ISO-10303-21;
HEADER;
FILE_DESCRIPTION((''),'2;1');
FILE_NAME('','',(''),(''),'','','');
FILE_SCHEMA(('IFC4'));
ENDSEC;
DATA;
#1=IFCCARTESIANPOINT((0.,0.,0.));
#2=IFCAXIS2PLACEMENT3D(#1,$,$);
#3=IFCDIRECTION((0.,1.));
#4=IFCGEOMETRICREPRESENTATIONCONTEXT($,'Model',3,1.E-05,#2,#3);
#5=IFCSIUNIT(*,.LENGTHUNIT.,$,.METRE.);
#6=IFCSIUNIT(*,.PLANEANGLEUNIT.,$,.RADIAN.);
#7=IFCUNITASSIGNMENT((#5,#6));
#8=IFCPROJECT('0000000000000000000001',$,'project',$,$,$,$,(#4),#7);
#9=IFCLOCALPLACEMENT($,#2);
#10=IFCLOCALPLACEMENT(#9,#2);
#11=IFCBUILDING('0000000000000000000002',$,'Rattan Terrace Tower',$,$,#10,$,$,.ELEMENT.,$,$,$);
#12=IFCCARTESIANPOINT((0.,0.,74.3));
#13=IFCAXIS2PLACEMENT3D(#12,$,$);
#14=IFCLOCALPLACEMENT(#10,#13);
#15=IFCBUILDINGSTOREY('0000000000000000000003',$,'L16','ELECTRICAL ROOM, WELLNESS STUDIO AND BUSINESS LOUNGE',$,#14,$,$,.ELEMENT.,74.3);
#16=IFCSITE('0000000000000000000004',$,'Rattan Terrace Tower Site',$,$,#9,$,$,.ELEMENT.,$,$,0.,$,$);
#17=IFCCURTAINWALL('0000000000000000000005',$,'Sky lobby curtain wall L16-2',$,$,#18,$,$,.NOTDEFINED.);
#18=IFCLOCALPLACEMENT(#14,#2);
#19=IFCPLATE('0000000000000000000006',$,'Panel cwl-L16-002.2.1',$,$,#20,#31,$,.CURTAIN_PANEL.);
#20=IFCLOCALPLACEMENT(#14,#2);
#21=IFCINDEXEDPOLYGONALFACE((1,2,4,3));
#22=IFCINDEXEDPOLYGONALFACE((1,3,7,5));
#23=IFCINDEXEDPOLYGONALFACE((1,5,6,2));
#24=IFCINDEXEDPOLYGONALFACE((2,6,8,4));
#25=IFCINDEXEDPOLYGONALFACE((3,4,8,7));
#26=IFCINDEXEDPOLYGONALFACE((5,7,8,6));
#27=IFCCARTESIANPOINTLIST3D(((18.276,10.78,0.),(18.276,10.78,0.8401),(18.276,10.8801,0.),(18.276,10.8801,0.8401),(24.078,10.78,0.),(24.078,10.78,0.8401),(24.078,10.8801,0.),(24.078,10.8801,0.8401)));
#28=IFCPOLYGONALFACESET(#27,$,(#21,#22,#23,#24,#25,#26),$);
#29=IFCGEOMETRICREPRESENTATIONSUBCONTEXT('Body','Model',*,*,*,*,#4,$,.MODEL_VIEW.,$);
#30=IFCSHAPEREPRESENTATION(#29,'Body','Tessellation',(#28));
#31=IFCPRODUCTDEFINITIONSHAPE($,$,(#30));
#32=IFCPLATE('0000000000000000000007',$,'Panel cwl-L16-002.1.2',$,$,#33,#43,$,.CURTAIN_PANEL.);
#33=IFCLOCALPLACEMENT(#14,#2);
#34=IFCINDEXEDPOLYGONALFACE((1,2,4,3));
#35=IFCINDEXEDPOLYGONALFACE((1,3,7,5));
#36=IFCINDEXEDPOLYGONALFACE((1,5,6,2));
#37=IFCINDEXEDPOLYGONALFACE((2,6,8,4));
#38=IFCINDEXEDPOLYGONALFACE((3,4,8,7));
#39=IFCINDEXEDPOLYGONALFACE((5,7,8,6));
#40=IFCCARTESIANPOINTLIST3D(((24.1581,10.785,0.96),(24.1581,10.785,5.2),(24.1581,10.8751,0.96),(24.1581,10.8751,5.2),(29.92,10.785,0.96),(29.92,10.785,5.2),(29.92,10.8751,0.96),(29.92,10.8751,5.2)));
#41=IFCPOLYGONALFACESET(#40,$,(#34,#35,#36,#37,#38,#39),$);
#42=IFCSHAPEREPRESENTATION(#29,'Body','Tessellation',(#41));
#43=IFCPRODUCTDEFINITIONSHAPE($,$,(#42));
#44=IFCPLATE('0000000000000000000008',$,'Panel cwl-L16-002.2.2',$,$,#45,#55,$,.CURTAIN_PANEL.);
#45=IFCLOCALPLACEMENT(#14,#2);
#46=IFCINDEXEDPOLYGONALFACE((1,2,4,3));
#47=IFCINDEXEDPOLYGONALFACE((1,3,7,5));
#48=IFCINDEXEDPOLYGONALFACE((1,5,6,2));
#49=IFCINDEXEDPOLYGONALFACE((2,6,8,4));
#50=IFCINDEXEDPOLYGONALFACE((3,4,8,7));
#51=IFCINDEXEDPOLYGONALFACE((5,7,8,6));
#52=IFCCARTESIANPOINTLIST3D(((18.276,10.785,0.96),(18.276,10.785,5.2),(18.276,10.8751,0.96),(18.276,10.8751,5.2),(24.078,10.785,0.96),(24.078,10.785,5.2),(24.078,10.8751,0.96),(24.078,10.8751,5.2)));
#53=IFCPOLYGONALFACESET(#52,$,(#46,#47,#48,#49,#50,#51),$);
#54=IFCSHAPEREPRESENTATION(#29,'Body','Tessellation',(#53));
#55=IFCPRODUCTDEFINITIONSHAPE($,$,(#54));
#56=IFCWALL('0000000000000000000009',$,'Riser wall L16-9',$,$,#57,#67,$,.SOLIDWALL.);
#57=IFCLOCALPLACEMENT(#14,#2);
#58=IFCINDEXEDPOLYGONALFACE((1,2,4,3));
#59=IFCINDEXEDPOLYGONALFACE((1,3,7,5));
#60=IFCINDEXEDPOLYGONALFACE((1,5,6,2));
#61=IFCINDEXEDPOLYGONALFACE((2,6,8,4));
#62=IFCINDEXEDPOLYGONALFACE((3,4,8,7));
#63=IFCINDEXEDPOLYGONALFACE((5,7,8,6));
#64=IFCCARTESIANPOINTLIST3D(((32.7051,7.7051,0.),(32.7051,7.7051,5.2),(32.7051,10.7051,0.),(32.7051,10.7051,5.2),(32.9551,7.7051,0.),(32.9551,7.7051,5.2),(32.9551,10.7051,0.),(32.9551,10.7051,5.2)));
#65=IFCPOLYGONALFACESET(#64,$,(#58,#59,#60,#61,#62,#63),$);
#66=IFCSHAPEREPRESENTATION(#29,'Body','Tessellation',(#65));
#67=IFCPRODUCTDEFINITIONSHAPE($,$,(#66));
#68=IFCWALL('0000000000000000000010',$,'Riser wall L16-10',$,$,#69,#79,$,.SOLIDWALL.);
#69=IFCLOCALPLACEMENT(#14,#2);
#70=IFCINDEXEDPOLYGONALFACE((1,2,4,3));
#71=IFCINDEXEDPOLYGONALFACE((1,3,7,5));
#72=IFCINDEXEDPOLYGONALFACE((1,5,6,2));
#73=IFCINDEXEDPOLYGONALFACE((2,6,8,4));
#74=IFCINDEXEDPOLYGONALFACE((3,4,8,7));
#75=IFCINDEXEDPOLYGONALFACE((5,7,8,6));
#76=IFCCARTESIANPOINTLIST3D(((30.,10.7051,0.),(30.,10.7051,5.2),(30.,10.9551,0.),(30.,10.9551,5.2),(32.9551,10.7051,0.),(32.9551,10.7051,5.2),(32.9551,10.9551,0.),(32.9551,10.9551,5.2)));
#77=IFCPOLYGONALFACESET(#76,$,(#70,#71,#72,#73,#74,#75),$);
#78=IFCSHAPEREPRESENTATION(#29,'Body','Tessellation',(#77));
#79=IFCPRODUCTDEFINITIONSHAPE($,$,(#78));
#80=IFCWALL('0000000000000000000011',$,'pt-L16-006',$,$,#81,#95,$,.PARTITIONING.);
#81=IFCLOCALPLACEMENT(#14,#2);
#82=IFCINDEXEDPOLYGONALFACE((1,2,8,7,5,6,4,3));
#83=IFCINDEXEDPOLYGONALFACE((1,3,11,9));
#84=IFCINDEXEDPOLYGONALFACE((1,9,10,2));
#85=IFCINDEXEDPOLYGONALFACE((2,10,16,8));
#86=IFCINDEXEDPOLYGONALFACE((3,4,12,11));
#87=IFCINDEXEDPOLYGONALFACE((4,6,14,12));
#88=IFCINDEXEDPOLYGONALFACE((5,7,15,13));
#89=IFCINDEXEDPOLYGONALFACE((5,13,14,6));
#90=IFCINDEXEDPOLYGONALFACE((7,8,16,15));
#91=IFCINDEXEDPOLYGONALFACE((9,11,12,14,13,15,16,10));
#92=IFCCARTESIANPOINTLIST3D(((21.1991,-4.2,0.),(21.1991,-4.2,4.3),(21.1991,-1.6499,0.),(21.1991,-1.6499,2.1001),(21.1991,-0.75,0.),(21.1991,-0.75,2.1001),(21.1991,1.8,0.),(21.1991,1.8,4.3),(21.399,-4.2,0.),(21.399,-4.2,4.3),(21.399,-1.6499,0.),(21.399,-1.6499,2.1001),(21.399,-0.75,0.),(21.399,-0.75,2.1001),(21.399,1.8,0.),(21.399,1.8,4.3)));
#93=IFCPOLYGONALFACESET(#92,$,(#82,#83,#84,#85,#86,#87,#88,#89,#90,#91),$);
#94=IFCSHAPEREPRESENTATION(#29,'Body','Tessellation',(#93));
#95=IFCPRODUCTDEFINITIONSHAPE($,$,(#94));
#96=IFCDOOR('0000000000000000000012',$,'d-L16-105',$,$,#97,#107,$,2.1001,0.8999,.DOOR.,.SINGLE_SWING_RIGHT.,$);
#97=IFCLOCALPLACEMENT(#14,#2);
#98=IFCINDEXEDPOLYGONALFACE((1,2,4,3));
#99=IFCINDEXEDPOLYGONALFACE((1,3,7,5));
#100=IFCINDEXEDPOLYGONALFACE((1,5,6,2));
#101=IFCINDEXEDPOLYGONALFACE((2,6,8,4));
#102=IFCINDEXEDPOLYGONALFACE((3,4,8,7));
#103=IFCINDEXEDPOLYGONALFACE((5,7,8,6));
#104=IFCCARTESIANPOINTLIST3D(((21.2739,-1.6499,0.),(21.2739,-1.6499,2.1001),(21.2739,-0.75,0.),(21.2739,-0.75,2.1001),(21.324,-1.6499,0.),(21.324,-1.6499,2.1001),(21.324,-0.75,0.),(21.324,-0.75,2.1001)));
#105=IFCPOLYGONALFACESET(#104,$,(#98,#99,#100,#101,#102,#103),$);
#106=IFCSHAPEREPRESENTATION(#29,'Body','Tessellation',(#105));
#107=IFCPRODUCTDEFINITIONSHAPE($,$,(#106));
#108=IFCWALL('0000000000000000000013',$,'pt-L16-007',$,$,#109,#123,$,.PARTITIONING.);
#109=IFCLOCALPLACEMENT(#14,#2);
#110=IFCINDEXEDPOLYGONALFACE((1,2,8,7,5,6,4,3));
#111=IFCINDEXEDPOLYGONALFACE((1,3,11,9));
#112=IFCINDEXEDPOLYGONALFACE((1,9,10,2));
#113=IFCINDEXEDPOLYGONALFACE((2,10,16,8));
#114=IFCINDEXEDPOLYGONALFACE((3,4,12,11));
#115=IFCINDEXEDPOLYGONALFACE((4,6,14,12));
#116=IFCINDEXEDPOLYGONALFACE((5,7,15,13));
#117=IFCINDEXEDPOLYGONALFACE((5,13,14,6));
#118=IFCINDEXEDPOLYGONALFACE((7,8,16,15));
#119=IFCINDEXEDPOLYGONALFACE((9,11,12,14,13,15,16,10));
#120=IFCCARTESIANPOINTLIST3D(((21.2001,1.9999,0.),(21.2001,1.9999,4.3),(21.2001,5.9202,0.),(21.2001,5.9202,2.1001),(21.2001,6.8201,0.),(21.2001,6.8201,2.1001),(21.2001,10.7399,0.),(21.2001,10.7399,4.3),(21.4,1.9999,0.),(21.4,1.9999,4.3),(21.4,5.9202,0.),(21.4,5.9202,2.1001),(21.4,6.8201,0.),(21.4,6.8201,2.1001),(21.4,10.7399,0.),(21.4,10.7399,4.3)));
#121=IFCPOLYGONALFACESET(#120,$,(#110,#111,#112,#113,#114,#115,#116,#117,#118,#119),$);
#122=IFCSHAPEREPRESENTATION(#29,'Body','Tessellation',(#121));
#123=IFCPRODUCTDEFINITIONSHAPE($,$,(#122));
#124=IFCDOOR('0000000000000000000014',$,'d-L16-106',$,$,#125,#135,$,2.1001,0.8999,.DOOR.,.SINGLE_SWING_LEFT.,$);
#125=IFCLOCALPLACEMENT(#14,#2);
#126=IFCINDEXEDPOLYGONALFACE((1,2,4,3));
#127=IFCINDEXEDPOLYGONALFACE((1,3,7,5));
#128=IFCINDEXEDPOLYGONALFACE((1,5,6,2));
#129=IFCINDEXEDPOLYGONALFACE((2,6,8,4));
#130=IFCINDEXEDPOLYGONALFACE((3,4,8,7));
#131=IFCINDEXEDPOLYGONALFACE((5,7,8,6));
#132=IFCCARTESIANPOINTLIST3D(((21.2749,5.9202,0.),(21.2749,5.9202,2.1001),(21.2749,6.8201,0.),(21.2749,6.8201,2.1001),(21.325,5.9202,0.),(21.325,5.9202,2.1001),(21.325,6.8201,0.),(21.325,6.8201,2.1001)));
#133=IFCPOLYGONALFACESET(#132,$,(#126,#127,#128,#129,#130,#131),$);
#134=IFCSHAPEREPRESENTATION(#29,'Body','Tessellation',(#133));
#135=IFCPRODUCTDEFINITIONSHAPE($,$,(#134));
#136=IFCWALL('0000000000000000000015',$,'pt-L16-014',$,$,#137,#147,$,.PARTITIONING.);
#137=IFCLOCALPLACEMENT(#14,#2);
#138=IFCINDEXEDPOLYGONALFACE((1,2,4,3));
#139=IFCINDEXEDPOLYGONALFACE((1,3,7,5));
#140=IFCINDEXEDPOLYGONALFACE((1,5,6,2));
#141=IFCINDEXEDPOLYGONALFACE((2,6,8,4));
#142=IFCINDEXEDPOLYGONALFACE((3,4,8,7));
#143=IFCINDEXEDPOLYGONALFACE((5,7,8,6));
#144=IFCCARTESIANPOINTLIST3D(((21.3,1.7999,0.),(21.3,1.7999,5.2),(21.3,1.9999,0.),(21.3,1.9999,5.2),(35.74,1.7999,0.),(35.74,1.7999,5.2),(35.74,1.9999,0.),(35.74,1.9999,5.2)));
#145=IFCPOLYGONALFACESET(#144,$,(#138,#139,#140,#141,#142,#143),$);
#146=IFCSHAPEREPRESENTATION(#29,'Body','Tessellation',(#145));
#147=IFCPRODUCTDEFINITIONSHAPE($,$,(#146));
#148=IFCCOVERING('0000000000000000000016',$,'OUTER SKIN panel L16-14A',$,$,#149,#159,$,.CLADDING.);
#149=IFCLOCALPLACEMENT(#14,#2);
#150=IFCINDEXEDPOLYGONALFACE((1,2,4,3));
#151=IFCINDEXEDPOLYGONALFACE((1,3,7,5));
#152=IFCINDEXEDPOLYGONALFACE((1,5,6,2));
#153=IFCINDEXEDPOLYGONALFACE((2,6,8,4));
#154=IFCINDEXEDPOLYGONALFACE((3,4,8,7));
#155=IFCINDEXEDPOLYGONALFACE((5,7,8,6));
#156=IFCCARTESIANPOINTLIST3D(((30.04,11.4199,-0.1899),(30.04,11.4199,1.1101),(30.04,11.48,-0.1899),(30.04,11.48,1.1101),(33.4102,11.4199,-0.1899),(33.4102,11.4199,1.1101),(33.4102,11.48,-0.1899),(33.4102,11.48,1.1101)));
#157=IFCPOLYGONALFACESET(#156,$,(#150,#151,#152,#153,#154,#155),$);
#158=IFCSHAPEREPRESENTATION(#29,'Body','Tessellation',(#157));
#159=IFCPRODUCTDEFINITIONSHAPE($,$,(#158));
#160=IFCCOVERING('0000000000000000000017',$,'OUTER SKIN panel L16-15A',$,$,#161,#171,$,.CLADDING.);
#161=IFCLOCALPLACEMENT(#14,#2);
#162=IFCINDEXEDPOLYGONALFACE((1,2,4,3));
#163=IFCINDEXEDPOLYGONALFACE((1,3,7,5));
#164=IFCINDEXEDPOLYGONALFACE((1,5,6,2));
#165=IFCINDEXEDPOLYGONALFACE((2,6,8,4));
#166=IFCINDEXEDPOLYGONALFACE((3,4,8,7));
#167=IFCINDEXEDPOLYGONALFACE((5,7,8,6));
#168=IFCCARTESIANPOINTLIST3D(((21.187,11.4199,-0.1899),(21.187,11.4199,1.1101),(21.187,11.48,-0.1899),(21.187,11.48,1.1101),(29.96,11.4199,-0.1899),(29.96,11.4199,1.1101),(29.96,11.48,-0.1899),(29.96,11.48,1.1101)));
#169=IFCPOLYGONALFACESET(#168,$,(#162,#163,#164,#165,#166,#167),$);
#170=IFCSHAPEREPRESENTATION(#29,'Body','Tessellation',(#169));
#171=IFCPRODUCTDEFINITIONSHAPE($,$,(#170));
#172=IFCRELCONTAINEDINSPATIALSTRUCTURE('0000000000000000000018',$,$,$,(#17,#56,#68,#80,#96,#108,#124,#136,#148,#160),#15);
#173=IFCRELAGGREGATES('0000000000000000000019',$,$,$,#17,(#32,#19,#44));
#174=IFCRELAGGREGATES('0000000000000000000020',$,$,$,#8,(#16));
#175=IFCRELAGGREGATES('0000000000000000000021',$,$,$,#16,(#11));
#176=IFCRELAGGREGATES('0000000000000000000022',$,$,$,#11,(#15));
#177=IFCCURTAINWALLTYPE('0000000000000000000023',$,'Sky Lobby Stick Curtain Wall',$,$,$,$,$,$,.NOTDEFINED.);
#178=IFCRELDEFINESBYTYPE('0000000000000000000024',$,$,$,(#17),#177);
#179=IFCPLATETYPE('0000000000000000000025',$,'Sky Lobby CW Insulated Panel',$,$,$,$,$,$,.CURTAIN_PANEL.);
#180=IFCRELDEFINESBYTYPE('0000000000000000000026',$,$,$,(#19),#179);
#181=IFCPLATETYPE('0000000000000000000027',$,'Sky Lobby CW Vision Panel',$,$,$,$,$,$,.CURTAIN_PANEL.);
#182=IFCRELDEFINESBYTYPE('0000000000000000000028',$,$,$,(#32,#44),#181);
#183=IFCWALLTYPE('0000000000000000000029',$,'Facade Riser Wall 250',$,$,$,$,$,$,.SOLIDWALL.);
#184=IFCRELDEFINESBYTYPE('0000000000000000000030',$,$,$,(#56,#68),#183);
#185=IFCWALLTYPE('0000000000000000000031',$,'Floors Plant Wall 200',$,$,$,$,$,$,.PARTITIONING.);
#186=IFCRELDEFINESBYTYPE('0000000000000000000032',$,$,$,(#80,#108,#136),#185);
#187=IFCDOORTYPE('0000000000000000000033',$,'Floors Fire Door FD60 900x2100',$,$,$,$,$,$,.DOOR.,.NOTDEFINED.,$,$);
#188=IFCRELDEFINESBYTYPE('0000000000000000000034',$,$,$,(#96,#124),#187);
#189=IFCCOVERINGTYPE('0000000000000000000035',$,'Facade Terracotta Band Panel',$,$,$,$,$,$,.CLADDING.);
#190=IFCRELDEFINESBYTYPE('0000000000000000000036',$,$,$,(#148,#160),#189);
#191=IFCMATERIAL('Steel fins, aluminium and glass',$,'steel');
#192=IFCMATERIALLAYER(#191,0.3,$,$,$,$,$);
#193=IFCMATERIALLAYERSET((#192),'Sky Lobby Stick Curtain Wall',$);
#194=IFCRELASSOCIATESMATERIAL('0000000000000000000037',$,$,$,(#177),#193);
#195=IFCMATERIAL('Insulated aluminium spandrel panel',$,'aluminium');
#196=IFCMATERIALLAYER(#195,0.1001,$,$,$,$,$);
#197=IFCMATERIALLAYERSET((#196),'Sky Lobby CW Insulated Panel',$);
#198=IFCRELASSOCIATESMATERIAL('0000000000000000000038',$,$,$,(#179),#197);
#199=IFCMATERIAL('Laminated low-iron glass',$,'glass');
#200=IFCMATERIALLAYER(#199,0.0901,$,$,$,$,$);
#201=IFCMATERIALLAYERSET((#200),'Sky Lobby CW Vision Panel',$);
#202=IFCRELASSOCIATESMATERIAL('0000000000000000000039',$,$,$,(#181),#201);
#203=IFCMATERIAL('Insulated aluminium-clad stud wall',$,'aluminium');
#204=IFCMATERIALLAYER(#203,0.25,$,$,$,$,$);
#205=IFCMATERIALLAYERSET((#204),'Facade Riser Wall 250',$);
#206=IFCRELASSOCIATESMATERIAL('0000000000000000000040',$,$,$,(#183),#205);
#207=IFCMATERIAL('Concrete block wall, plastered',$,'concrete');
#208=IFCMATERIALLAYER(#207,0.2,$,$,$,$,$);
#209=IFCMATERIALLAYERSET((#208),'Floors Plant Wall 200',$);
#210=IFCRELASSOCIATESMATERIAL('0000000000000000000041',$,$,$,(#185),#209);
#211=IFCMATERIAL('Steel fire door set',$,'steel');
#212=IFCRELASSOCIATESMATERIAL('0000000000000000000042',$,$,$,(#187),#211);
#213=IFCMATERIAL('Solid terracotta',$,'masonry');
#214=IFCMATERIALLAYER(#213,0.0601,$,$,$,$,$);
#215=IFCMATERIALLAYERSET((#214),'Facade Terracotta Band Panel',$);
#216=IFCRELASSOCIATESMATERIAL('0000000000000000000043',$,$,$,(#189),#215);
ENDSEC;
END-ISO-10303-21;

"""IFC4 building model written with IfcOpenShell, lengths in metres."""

from ifc_helpers import new_model, si_unit, direction, frame, frame_2d, origin, origin_2d, place, context, subcontext, project, spatial, rectangle, extrude, material, layer, layer_set, type_object, element, fill, aggregate, save


model = new_model("IFC4")

# Units and contexts
model_context = context("Model", 3, precision=1e-05, world=origin(), true_north=direction((0.0, 1.0)))
body_context = subcontext(model_context, "Body", "Model", "MODEL_VIEW")
ifc_project = project(units=[si_unit("LENGTHUNIT", "METRE"), si_unit("PLANEANGLEUNIT", "RADIAN")], contexts=[model_context])

# Site, building, storey
site_placement = place(None, origin())
site = spatial("IfcSite", under=ifc_project, at=site_placement, Name="Rattan Terrace Tower Site", CompositionType="ELEMENT", RefElevation=0.0)
building_placement = place(site_placement, origin())
building = spatial("IfcBuilding", under=site, at=building_placement, Name="Rattan Terrace Tower", CompositionType="ELEMENT")
storey_placement = place(building_placement, frame((0.0, 0.0, 74.3)))
storey = spatial("IfcBuildingStorey", under=building, at=storey_placement, Name="L16", Description="ELECTRICAL ROOM, WELLNESS STUDIO AND BUSINESS LOUNGE", CompositionType="ELEMENT", Elevation=74.3)

# Curtain wall, plates
ifc_material_1 = material(Name="Steel fins, aluminium and glass", Category="steel")
ifc_layer_1 = layer(ifc_material_1, 0.3)
ifc_layer_set_1 = layer_set([ifc_layer_1], Name="Sky Lobby Stick Curtain Wall")
curtain_wall_type = type_object("IfcCurtainWallType", Name="Sky Lobby Stick Curtain Wall", PredefinedType="NOTDEFINED", material=ifc_layer_set_1)
curtain_wall_placement = place(storey_placement, origin())
curtain_wall = element("IfcCurtainWall", 1, at=curtain_wall_placement, inside=storey, type_object=curtain_wall_type, Name="Sky lobby curtain wall L16-2", PredefinedType="NOTDEFINED")
ifc_material_2 = material(Name="Insulated aluminium spandrel panel", Category="aluminium")
ifc_layer_2 = layer(ifc_material_2, 0.1001)
ifc_layer_set_2 = layer_set([ifc_layer_2], Name="Sky Lobby CW Insulated Panel")
plate_type_1 = type_object("IfcPlateType", Name="Sky Lobby CW Insulated Panel", PredefinedType="CURTAIN_PANEL", material=ifc_layer_set_2)
plate_1_placement = place(storey_placement, frame((21.177, 10.8301, 0.0), z_axis=(0.0, 0.0, 1.0), x_axis=(-1.0, 0.0, 0.0)))
plate_1 = element("IfcPlate", 2, at=plate_1_placement, type_object=plate_type_1, Name="Panel cwl-L16-002.2.1", PredefinedType="CURTAIN_PANEL", context=body_context, shape_type="SweptSolid", body=[
    extrude(rectangle(XDim=5.802, YDim=0.1001, at=origin_2d()), origin(), (0.0, 0.0, 1.0), 0.8401),
])
ifc_material_3 = material(Name="Laminated low-iron glass", Category="glass")
ifc_layer_3 = layer(ifc_material_3, 0.0901)
ifc_layer_set_3 = layer_set([ifc_layer_3], Name="Sky Lobby CW Vision Panel")
plate_type_2 = type_object("IfcPlateType", Name="Sky Lobby CW Vision Panel", PredefinedType="CURTAIN_PANEL", material=ifc_layer_set_3)
plate_2_placement = place(storey_placement, frame((27.0391, 10.8301, 0.96), z_axis=(0.0, 0.0, 1.0), x_axis=(-1.0, 0.0, 0.0)))
plate_2 = element("IfcPlate", 3, at=plate_2_placement, type_object=plate_type_2, Name="Panel cwl-L16-002.1.2", PredefinedType="CURTAIN_PANEL", context=body_context, shape_type="SweptSolid", body=[
    extrude(rectangle(XDim=5.762, YDim=0.0901, at=origin_2d()), origin(), (0.0, 0.0, 1.0), 4.24),
])
plate_3_placement = place(storey_placement, frame((21.177, 10.8301, 0.96), z_axis=(0.0, 0.0, 1.0), x_axis=(-1.0, 0.0, 0.0)))
plate_3 = element("IfcPlate", 4, at=plate_3_placement, type_object=plate_type_2, Name="Panel cwl-L16-002.2.2", PredefinedType="CURTAIN_PANEL", context=body_context, shape_type="SweptSolid", body=[
    extrude(rectangle(XDim=5.802, YDim=0.0901, at=origin_2d()), origin(), (0.0, 0.0, 1.0), 4.24),
])
aggregate(curtain_wall, [plate_2, plate_1, plate_3])

# Walls
ifc_material_4 = material(Name="Insulated aluminium-clad stud wall", Category="aluminium")
ifc_layer_4 = layer(ifc_material_4, 0.25)
ifc_layer_set_4 = layer_set([ifc_layer_4], Name="Facade Riser Wall 250")
wall_type_1 = type_object("IfcWallType", Name="Facade Riser Wall 250", PredefinedType="SOLIDWALL", material=ifc_layer_set_4)
wall_1_placement = place(storey_placement, frame((32.8301, 7.7051, 0.0), z_axis=(0.0, 0.0, 1.0), x_axis=(0.0, 1.0, 0.0)))
element("IfcWall", 5, at=wall_1_placement, inside=storey, type_object=wall_type_1, Name="Riser wall L16-9", PredefinedType="SOLIDWALL", context=body_context, shape_type="SweptSolid", body=[
    extrude(rectangle(XDim=3.0, YDim=0.25, at=frame_2d((1.5, 0.0))), origin(), (0.0, 0.0, 1.0), 5.2),
])
wall_2_placement = place(storey_placement, frame((32.9551, 10.8301, 0.0), z_axis=(0.0, 0.0, 1.0), x_axis=(-1.0, 0.0, 0.0)))
element("IfcWall", 6, at=wall_2_placement, inside=storey, type_object=wall_type_1, Name="Riser wall L16-10", PredefinedType="SOLIDWALL", context=body_context, shape_type="SweptSolid", body=[
    extrude(rectangle(XDim=2.9551, YDim=0.25, at=frame_2d((1.4775, 0.0))), origin(), (0.0, 0.0, 1.0), 5.2),
])

# Walls, openings, doors
ifc_material_5 = material(Name="Concrete block wall, plastered", Category="concrete")
ifc_layer_5 = layer(ifc_material_5, 0.2)
ifc_layer_set_5 = layer_set([ifc_layer_5], Name="Floors Plant Wall 200")
wall_type_2 = type_object("IfcWallType", Name="Floors Plant Wall 200", PredefinedType="PARTITIONING", material=ifc_layer_set_5)
wall_3_placement = place(storey_placement, frame((21.2991, 1.8, 0.0), z_axis=(0.0, 0.0, 1.0), x_axis=(0.0, -1.0, 0.0)))
wall_3 = element("IfcWall", 7, at=wall_3_placement, inside=storey, type_object=wall_type_2, Name="pt-L16-006", PredefinedType="PARTITIONING", context=body_context, shape_type="SweptSolid", body=[
    extrude(rectangle(XDim=6.0, YDim=0.2, at=frame_2d((3.0, 0.0))), origin(), (0.0, 0.0, 1.0), 4.3),
])
opening_1_placement = place(wall_3_placement, frame((2.55, 0.0, 0.0)))
opening_1 = element("IfcOpeningElement", 8, at=opening_1_placement, cuts=wall_3, PredefinedType="OPENING", context=body_context, shape_type="SweptSolid", body=[
    extrude(rectangle(XDim=0.8999, YDim=2.1001, at=frame_2d((0.45, 1.05))), frame((0.0, 0.1106, 0.0), z_axis=(0.0, -1.0, 0.0), x_axis=(1.0, 0.0, 0.0)), (0.0, 0.0, 1.0), 0.2209),
])
ifc_material_6 = material(Name="Steel fire door set", Category="steel")
door_type = type_object("IfcDoorType", Name="Floors Fire Door FD60 900x2100", OperationType="NOTDEFINED", PredefinedType="DOOR", material=ifc_material_6)
door_1_placement = place(opening_1_placement, origin())
door_1 = element("IfcDoor", 9, at=door_1_placement, inside=storey, type_object=door_type, Name="d-L16-105", OperationType="SINGLE_SWING_RIGHT", OverallHeight=2.1001, OverallWidth=0.8999, PredefinedType="DOOR", context=body_context, shape_type="SweptSolid", body=[
    extrude(rectangle(XDim=0.8999, YDim=2.1001, at=frame_2d((0.45, 1.05))), frame((0.0, 0.0249, 0.0), z_axis=(0.0, -1.0, 0.0), x_axis=(1.0, 0.0, 0.0)), (0.0, 0.0, 1.0), 0.05),
])
fill(opening_1, door_1)
wall_4_placement = place(storey_placement, frame((21.3, 10.74, 0.0), z_axis=(0.0, 0.0, 1.0), x_axis=(0.0, -1.0, 0.0)))
wall_4 = element("IfcWall", 10, at=wall_4_placement, inside=storey, type_object=wall_type_2, Name="pt-L16-007", PredefinedType="PARTITIONING", context=body_context, shape_type="SweptSolid", body=[
    extrude(rectangle(XDim=8.74, YDim=0.2, at=frame_2d((4.3701, 0.0))), origin(), (0.0, 0.0, 1.0), 4.3),
])
opening_2_placement = place(wall_4_placement, frame((3.9199, 0.0, 0.0)))
opening_2 = element("IfcOpeningElement", 11, at=opening_2_placement, cuts=wall_4, PredefinedType="OPENING", context=body_context, shape_type="SweptSolid", body=[
    extrude(rectangle(XDim=0.8999, YDim=2.1001, at=frame_2d((0.45, 1.05))), frame((0.0, 0.1106, 0.0), z_axis=(0.0, -1.0, 0.0), x_axis=(1.0, 0.0, 0.0)), (0.0, 0.0, 1.0), 0.2209),
])
door_2_placement = place(opening_2_placement, origin())
door_2 = element("IfcDoor", 12, at=door_2_placement, inside=storey, type_object=door_type, Name="d-L16-106", OperationType="SINGLE_SWING_LEFT", OverallHeight=2.1001, OverallWidth=0.8999, PredefinedType="DOOR", context=body_context, shape_type="SweptSolid", body=[
    extrude(rectangle(XDim=0.8999, YDim=2.1001, at=frame_2d((0.45, 1.05))), frame((0.0, 0.0249, 0.0), z_axis=(0.0, -1.0, 0.0), x_axis=(1.0, 0.0, 0.0)), (0.0, 0.0, 1.0), 0.05),
])
fill(opening_2, door_2)

# Wall
wall_5_placement = place(storey_placement, frame((21.3, 1.8999, 0.0), z_axis=(0.0, 0.0, 1.0), x_axis=(1.0, 0.0, 0.0)))
element("IfcWall", 13, at=wall_5_placement, inside=storey, type_object=wall_type_2, Name="pt-L16-014", PredefinedType="PARTITIONING", context=body_context, shape_type="SweptSolid", body=[
    extrude(rectangle(XDim=14.4399, YDim=0.2, at=frame_2d((7.22, 0.0))), origin(), (0.0, 0.0, 1.0), 5.2),
])

# Coverings
ifc_material_7 = material(Name="Solid terracotta", Category="masonry")
ifc_layer_6 = layer(ifc_material_7, 0.0601)
ifc_layer_set_6 = layer_set([ifc_layer_6], Name="Facade Terracotta Band Panel")
covering_type_1 = type_object("IfcCoveringType", Name="Facade Terracotta Band Panel", PredefinedType="CLADDING", material=ifc_layer_set_6)
covering_1_placement = place(storey_placement, frame((31.7251, 11.45, -0.1899), z_axis=(0.0, 0.0, 1.0), x_axis=(-1.0, 0.0, 0.0)))
element("IfcCovering", 14, at=covering_1_placement, inside=storey, type_object=covering_type_1, Name="OUTER SKIN panel L16-14A", PredefinedType="CLADDING", context=body_context, shape_type="SweptSolid", body=[
    extrude(rectangle(XDim=3.3701, YDim=0.0601, at=origin_2d()), origin(), (0.0, 0.0, 1.0), 1.3),
])
covering_2_placement = place(storey_placement, frame((25.5735, 11.45, -0.1899), z_axis=(0.0, 0.0, 1.0), x_axis=(-1.0, 0.0, 0.0)))
element("IfcCovering", 15, at=covering_2_placement, inside=storey, type_object=covering_type_1, Name="OUTER SKIN panel L16-15A", PredefinedType="CLADDING", context=body_context, shape_type="SweptSolid", body=[
    extrude(rectangle(XDim=8.7729, YDim=0.0601, at=origin_2d()), origin(), (0.0, 0.0, 1.0), 1.3),
])

save(model, "model.ifc")
